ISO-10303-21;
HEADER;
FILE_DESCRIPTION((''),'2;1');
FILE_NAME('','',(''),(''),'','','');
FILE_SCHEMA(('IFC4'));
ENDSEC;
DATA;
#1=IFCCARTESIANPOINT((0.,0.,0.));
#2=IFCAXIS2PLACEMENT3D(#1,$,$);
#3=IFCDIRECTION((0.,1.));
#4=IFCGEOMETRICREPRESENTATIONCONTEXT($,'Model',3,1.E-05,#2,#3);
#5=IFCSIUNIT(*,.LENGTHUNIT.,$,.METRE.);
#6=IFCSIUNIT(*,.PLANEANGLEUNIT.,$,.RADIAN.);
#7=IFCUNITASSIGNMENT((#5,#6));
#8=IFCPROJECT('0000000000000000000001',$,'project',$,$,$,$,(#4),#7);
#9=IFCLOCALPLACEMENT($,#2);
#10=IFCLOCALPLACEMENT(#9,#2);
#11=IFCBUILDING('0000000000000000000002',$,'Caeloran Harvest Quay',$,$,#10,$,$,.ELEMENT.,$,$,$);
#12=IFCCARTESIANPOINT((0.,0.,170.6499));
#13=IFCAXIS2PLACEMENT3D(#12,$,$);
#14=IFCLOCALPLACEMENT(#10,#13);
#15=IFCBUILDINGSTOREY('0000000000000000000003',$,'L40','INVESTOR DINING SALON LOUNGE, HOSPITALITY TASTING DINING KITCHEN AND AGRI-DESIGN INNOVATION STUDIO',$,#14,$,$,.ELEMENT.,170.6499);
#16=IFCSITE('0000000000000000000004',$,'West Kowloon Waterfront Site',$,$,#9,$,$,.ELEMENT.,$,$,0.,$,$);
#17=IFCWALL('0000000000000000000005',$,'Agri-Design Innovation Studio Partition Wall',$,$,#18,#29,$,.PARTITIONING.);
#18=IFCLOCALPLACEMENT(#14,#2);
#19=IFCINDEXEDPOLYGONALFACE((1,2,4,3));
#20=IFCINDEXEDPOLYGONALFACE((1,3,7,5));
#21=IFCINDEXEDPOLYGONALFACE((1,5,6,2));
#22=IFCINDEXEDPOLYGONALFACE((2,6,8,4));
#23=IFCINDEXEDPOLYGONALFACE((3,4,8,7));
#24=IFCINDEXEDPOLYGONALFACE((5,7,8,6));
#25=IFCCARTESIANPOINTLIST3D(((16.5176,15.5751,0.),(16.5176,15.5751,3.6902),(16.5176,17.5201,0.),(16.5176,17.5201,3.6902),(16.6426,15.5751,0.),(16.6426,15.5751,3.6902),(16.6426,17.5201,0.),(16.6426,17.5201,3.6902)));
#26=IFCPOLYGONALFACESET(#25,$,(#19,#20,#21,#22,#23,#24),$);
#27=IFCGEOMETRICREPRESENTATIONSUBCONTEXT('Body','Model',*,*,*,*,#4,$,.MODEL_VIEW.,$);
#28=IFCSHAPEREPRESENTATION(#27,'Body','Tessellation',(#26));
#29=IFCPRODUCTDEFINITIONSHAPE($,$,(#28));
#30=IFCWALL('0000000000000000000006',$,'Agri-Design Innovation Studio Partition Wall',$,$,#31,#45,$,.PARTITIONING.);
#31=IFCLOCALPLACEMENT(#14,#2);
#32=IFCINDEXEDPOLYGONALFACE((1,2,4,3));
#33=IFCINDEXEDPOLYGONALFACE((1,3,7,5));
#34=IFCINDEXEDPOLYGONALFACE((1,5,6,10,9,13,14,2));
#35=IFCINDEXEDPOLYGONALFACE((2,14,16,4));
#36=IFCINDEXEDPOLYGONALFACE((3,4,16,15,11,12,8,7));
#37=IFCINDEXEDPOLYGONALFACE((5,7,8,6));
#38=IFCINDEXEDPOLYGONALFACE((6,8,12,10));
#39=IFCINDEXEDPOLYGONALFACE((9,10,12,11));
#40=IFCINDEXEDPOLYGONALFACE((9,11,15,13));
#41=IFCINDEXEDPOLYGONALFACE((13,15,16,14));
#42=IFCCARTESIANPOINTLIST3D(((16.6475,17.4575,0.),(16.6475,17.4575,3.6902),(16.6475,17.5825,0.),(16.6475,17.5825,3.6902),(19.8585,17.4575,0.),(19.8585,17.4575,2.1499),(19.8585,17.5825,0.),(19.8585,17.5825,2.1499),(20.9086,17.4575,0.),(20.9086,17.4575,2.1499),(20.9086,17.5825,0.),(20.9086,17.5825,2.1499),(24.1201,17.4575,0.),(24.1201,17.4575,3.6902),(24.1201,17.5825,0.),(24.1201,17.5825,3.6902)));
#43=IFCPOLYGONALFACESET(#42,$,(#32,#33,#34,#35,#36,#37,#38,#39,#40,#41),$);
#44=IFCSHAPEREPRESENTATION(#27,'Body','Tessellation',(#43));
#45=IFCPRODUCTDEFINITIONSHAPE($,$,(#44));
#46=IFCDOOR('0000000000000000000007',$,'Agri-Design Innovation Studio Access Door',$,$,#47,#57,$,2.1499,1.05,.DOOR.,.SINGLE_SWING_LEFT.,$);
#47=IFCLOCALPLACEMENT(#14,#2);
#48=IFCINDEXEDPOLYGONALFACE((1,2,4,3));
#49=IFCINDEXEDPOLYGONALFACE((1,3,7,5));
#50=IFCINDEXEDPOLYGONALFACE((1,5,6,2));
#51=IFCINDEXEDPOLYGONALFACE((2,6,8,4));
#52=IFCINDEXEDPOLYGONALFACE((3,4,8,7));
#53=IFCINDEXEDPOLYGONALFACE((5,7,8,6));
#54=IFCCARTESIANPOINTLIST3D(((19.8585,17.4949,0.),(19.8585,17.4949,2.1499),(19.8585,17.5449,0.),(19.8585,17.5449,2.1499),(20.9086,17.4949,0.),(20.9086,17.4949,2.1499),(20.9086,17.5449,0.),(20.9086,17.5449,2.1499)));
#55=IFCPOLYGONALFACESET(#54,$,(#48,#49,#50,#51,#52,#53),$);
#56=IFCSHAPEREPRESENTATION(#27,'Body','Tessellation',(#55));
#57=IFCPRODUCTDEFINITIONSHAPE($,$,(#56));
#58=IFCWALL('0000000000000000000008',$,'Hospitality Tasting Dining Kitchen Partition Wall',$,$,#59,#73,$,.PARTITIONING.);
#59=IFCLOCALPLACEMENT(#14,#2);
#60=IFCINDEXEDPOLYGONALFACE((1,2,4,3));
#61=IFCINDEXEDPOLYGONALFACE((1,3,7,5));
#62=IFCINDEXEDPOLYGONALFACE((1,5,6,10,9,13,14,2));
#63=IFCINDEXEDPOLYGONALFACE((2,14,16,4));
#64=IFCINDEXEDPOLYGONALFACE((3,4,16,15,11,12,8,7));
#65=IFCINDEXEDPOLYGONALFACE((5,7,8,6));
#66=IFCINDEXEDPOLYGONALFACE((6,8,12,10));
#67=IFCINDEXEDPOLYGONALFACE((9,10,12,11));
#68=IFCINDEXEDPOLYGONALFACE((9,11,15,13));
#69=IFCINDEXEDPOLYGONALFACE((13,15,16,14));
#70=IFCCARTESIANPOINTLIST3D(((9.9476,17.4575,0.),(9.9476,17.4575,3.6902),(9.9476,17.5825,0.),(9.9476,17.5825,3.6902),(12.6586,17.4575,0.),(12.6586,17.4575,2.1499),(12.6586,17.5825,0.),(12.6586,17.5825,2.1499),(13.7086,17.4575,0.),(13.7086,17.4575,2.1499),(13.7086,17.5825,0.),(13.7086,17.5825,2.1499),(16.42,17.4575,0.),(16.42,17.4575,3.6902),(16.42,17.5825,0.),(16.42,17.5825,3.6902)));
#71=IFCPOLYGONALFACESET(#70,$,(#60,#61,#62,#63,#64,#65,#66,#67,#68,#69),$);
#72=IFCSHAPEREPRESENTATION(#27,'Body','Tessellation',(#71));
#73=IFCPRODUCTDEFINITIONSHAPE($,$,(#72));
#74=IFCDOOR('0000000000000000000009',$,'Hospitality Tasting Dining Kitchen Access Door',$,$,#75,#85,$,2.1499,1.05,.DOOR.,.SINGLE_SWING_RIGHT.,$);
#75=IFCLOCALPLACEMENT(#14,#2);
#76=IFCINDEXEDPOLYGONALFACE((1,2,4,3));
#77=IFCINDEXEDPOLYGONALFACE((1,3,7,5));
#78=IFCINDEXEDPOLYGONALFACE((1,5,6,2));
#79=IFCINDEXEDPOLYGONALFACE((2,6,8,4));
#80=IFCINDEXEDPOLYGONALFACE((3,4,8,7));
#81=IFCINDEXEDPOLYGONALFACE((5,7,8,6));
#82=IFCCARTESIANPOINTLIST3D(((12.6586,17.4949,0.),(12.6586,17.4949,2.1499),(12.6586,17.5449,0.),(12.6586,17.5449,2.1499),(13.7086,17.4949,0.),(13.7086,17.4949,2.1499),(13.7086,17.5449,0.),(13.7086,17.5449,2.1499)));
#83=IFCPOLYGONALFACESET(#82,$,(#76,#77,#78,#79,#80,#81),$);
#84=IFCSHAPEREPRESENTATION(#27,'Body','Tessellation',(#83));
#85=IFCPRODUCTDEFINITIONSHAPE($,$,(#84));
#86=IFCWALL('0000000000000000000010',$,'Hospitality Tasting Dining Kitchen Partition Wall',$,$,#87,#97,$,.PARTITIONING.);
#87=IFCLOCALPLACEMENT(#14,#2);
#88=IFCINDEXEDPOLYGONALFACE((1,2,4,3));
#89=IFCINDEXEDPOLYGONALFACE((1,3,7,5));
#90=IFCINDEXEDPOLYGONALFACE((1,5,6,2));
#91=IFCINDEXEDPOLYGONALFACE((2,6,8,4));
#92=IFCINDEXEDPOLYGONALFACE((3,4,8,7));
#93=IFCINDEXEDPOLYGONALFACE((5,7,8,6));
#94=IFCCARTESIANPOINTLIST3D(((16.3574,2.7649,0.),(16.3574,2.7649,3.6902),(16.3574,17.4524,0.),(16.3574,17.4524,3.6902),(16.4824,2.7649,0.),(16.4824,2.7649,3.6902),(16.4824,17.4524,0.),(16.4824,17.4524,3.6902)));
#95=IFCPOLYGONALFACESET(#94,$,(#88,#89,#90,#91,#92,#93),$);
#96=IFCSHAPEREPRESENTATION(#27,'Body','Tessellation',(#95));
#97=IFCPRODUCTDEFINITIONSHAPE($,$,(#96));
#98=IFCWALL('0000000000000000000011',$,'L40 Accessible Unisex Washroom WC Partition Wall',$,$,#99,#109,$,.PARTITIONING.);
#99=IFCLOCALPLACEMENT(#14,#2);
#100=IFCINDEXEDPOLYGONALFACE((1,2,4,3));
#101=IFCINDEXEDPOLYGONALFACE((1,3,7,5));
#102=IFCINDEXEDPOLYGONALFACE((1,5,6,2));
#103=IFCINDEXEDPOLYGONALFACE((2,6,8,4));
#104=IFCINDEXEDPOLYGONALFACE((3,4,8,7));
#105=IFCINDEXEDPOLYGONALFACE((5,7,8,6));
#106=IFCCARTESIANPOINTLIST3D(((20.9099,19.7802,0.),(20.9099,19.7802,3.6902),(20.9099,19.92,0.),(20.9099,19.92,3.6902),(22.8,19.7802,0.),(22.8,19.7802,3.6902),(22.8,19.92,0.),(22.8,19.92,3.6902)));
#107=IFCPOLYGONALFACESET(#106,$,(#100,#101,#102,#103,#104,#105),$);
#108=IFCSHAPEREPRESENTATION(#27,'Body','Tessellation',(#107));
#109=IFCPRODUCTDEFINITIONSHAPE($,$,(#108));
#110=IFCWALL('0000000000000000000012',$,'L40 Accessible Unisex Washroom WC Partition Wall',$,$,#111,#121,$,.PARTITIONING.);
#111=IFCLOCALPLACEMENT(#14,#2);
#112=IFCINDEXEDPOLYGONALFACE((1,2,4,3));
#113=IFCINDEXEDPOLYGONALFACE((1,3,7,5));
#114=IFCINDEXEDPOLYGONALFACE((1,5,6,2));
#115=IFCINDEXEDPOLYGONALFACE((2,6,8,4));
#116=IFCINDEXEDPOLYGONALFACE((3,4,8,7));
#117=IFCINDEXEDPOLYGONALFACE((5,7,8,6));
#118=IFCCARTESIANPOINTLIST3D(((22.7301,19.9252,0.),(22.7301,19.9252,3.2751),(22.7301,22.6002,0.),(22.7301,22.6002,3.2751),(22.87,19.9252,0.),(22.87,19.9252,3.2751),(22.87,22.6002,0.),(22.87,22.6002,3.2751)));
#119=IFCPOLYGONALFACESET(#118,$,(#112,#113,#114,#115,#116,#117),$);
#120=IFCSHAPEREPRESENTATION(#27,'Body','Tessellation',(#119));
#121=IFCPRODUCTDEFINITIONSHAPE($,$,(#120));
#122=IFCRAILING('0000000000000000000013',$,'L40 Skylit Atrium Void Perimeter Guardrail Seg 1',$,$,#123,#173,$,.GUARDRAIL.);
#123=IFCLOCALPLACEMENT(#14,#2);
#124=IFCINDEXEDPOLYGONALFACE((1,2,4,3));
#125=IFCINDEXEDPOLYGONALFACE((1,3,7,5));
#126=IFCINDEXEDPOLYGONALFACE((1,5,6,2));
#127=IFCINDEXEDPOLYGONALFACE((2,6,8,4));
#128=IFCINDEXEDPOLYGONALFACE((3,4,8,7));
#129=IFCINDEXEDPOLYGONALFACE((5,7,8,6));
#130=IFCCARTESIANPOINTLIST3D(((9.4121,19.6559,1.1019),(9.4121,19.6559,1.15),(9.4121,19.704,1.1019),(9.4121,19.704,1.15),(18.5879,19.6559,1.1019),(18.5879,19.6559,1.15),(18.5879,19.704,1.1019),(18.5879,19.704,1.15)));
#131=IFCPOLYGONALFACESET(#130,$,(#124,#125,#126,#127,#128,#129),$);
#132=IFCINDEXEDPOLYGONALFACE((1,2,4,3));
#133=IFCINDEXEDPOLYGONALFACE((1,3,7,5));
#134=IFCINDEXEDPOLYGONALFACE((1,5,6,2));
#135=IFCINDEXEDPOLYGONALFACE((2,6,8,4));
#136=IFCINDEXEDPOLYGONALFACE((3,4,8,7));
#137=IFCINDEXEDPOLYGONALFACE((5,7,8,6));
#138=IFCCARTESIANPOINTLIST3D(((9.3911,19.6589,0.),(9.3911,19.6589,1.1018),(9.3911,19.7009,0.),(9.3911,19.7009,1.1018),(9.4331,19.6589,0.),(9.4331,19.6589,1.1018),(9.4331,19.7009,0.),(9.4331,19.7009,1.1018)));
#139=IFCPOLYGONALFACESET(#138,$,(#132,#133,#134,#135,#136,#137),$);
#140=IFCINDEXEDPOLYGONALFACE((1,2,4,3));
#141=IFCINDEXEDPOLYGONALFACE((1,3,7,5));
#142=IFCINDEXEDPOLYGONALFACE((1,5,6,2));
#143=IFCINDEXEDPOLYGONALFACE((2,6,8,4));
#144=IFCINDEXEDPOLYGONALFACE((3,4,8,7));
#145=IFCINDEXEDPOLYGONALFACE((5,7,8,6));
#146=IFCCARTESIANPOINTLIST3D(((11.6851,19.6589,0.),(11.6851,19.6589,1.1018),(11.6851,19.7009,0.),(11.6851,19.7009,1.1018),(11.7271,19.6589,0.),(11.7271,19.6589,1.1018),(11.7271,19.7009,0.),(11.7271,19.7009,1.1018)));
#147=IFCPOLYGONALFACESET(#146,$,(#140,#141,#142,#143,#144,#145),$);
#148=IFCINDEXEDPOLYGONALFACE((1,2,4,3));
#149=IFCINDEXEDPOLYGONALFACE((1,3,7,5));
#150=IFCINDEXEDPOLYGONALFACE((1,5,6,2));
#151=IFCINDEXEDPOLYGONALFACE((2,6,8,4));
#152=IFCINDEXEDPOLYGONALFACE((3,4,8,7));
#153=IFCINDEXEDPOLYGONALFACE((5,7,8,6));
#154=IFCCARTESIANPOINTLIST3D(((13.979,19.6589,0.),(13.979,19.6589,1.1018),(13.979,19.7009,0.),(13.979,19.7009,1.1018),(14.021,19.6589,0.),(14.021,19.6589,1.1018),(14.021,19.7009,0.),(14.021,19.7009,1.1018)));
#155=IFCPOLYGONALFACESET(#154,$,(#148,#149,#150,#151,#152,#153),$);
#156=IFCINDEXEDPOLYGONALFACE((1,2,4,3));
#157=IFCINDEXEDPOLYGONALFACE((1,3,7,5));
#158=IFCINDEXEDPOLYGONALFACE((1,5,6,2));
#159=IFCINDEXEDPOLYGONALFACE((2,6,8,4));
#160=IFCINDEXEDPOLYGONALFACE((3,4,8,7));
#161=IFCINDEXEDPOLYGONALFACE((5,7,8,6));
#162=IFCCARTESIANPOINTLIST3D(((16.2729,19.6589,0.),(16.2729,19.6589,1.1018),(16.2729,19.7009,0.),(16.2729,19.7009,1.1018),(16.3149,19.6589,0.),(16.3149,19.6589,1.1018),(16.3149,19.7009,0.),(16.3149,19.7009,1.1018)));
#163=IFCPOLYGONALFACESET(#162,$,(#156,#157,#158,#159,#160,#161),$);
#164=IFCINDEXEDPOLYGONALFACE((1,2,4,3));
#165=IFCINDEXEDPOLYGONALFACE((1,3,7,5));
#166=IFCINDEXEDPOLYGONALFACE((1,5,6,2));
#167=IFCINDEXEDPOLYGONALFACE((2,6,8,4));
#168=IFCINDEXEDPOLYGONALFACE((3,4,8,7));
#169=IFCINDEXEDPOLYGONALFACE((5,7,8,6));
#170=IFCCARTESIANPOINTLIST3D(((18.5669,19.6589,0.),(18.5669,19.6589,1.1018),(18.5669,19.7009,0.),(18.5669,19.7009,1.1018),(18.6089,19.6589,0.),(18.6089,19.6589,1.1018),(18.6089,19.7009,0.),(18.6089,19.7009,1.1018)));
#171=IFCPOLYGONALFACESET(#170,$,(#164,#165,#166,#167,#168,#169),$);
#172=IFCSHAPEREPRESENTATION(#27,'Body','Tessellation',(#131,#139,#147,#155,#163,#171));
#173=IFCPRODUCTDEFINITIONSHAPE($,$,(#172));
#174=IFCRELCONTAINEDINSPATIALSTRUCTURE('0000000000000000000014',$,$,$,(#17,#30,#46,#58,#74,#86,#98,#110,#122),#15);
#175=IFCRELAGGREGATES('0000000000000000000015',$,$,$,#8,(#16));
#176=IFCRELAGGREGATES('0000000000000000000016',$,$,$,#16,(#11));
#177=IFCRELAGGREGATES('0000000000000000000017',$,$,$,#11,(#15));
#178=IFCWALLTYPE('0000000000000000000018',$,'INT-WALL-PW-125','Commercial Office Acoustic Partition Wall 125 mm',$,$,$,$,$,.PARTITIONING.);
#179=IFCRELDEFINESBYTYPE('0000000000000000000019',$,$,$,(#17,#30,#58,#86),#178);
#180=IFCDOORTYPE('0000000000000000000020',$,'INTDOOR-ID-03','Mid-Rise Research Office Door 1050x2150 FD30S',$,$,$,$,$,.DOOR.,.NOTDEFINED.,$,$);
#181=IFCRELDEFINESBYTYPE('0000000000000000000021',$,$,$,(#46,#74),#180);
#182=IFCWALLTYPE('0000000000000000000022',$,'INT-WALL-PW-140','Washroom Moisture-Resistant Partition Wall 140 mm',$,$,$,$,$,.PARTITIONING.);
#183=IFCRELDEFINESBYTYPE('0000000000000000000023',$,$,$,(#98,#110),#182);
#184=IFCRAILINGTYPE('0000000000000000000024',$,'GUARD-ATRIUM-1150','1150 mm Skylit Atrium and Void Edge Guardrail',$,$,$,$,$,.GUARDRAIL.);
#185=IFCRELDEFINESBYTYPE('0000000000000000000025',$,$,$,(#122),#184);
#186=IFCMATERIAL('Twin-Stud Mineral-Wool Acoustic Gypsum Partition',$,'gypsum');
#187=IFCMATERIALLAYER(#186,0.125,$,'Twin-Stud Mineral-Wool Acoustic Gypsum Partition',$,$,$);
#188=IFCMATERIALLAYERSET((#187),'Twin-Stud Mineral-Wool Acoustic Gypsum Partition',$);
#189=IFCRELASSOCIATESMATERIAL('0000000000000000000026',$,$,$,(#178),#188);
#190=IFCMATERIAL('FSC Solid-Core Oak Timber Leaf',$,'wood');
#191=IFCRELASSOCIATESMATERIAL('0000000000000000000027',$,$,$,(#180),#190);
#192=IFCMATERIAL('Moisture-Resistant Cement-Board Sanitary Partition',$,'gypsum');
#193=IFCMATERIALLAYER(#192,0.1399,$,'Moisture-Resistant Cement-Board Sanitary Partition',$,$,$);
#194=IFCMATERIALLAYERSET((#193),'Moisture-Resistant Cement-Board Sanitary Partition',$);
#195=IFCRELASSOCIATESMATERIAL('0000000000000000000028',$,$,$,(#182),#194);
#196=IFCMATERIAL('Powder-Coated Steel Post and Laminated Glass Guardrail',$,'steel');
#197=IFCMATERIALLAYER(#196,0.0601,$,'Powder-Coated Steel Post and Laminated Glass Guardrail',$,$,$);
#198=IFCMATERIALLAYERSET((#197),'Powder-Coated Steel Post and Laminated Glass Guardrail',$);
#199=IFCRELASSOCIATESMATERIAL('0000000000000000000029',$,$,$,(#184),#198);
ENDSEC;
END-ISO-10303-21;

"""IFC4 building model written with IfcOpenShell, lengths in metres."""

from ifc_helpers import new_model, si_unit, direction, frame, frame_2d, origin, origin_2d, place, context, subcontext, project, spatial, rectangle, extrude, material, layer, layer_set, type_object, element, fill, save


model = new_model("IFC4")

# Units and contexts
model_context = context("Model", 3, precision=1e-05, world=origin(), true_north=direction((0.0, 1.0)))
body_context = subcontext(model_context, "Body", "Model", "MODEL_VIEW")
ifc_project = project(units=[si_unit("LENGTHUNIT", "METRE"), si_unit("PLANEANGLEUNIT", "RADIAN")], contexts=[model_context])

# Site, building, storey
site_placement = place(None, origin())
site = spatial("IfcSite", under=ifc_project, at=site_placement, Name="West Kowloon Waterfront Site", CompositionType="ELEMENT", RefElevation=0.0)
building_placement = place(site_placement, origin())
building = spatial("IfcBuilding", under=site, at=building_placement, Name="Caeloran Harvest Quay", CompositionType="ELEMENT")
storey_placement = place(building_placement, frame((0.0, 0.0, 170.6499)))
storey = spatial("IfcBuildingStorey", under=building, at=storey_placement, Name="L40", Description="INVESTOR DINING SALON LOUNGE, HOSPITALITY TASTING DINING KITCHEN AND AGRI-DESIGN INNOVATION STUDIO", CompositionType="ELEMENT", Elevation=170.6499)

# Wall
ifc_material_1 = material(Name="Twin-Stud Mineral-Wool Acoustic Gypsum Partition", Category="gypsum")
ifc_layer_1 = layer(ifc_material_1, 0.125, Name="Twin-Stud Mineral-Wool Acoustic Gypsum Partition")
ifc_layer_set_1 = layer_set([ifc_layer_1], Name="Twin-Stud Mineral-Wool Acoustic Gypsum Partition")
wall_type_1 = type_object("IfcWallType", Name="INT-WALL-PW-125", Description="Commercial Office Acoustic Partition Wall 125 mm", PredefinedType="PARTITIONING", material=ifc_layer_set_1)
wall_1_placement = place(storey_placement, frame((16.5801, 15.575, 0.0), z_axis=(0.0, 0.0, 1.0), x_axis=(0.0, 1.0, 0.0)))
element("IfcWall", 1, at=wall_1_placement, inside=storey, type_object=wall_type_1, Name="Agri-Design Innovation Studio Partition Wall", PredefinedType="PARTITIONING", context=body_context, shape_type="SweptSolid", body=[
    extrude(rectangle(XDim=1.9451, YDim=0.125, at=frame_2d((0.9727, 0.0))), origin(), (0.0, 0.0, 1.0), 3.6902),
])

# Walls, openings, doors
wall_2_placement = place(storey_placement, frame((16.6475, 17.52, 0.0), z_axis=(0.0, 0.0, 1.0), x_axis=(1.0, 0.0, 0.0)))
wall_2 = element("IfcWall", 2, at=wall_2_placement, inside=storey, type_object=wall_type_1, Name="Agri-Design Innovation Studio Partition Wall", PredefinedType="PARTITIONING", context=body_context, shape_type="SweptSolid", body=[
    extrude(rectangle(XDim=7.4727, YDim=0.125, at=frame_2d((3.7363, 0.0))), origin(), (0.0, 0.0, 1.0), 3.6902),
])
opening_1_placement = place(wall_2_placement, frame((3.2112, 0.0, 0.0)))
opening_1 = element("IfcOpeningElement", 3, at=opening_1_placement, cuts=wall_2, PredefinedType="OPENING", context=body_context, shape_type="SweptSolid", body=[
    extrude(rectangle(XDim=1.05, YDim=2.1499, at=frame_2d((0.5249, 1.075))), frame((0.0, 0.0725, 0.0), z_axis=(0.0, -1.0, 0.0), x_axis=(1.0, 0.0, 0.0)), (0.0, 0.0, 1.0), 0.145),
])
ifc_material_2 = material(Name="FSC Solid-Core Oak Timber Leaf", Category="wood")
door_type_1 = type_object("IfcDoorType", Name="INTDOOR-ID-03", Description="Mid-Rise Research Office Door 1050x2150 FD30S", OperationType="NOTDEFINED", PredefinedType="DOOR", material=ifc_material_2)
door_1_placement = place(opening_1_placement, origin())
door_1 = element("IfcDoor", 4, at=door_1_placement, inside=storey, type_object=door_type_1, Name="Agri-Design Innovation Studio Access Door", OperationType="SINGLE_SWING_LEFT", OverallHeight=2.1499, OverallWidth=1.05, PredefinedType="DOOR", context=body_context, shape_type="SweptSolid", body=[
    extrude(rectangle(XDim=1.05, YDim=2.1499, at=frame_2d((0.5249, 1.075))), frame((0.0, 0.0249, 0.0), z_axis=(0.0, -1.0, 0.0), x_axis=(1.0, 0.0, 0.0)), (0.0, 0.0, 1.0), 0.05),
])
fill(opening_1, door_1)
wall_3_placement = place(storey_placement, frame((9.9475, 17.52, 0.0), z_axis=(0.0, 0.0, 1.0), x_axis=(1.0, 0.0, 0.0)))
wall_3 = element("IfcWall", 5, at=wall_3_placement, inside=storey, type_object=wall_type_1, Name="Hospitality Tasting Dining Kitchen Partition Wall", PredefinedType="PARTITIONING", context=body_context, shape_type="SweptSolid", body=[
    extrude(rectangle(XDim=6.4724, YDim=0.125, at=frame_2d((3.2363, 0.0))), origin(), (0.0, 0.0, 1.0), 3.6902),
])
opening_2_placement = place(wall_3_placement, frame((2.7112, 0.0, 0.0)))
opening_2 = element("IfcOpeningElement", 6, at=opening_2_placement, cuts=wall_3, PredefinedType="OPENING", context=body_context, shape_type="SweptSolid", body=[
    extrude(rectangle(XDim=1.05, YDim=2.1499, at=frame_2d((0.5249, 1.075))), frame((0.0, 0.0725, 0.0), z_axis=(0.0, -1.0, 0.0), x_axis=(1.0, 0.0, 0.0)), (0.0, 0.0, 1.0), 0.145),
])
door_2_placement = place(opening_2_placement, origin())
door_2 = element("IfcDoor", 7, at=door_2_placement, inside=storey, type_object=door_type_1, Name="Hospitality Tasting Dining Kitchen Access Door", OperationType="SINGLE_SWING_RIGHT", OverallHeight=2.1499, OverallWidth=1.05, PredefinedType="DOOR", context=body_context, shape_type="SweptSolid", body=[
    extrude(rectangle(XDim=1.05, YDim=2.1499, at=frame_2d((0.5249, 1.075))), frame((0.0, 0.0249, 0.0), z_axis=(0.0, -1.0, 0.0), x_axis=(1.0, 0.0, 0.0)), (0.0, 0.0, 1.0), 0.05),
])
fill(opening_2, door_2)

# Wall
wall_4_placement = place(storey_placement, frame((16.4199, 17.4524, 0.0), z_axis=(0.0, 0.0, 1.0), x_axis=(0.0, -1.0, 0.0)))
element("IfcWall", 8, at=wall_4_placement, inside=storey, type_object=wall_type_1, Name="Hospitality Tasting Dining Kitchen Partition Wall", PredefinedType="PARTITIONING", context=body_context, shape_type="SweptSolid", body=[
    extrude(rectangle(XDim=14.6875, YDim=0.125, at=frame_2d((7.3438, 0.0))), origin(), (0.0, 0.0, 1.0), 3.6902),
])

# Wall
ifc_material_3 = material(Name="Moisture-Resistant Cement-Board Sanitary Partition", Category="gypsum")
ifc_layer_2 = layer(ifc_material_3, 0.1399, Name="Moisture-Resistant Cement-Board Sanitary Partition")
ifc_layer_set_2 = layer_set([ifc_layer_2], Name="Moisture-Resistant Cement-Board Sanitary Partition")
wall_type_2 = type_object("IfcWallType", Name="INT-WALL-PW-140", Description="Washroom Moisture-Resistant Partition Wall 140 mm", PredefinedType="PARTITIONING", material=ifc_layer_set_2)
wall_5_placement = place(storey_placement, frame((22.8, 19.8501, 0.0), z_axis=(0.0, 0.0, 1.0), x_axis=(-1.0, 0.0, 0.0)))
element("IfcWall", 9, at=wall_5_placement, inside=storey, type_object=wall_type_2, Name="L40 Accessible Unisex Washroom WC Partition Wall", PredefinedType="PARTITIONING", context=body_context, shape_type="SweptSolid", body=[
    extrude(rectangle(XDim=1.8901, YDim=0.1399, at=frame_2d((0.9451, 0.0))), origin(), (0.0, 0.0, 1.0), 3.6902),
])

# Wall
wall_6_placement = place(storey_placement, frame((22.8, 22.6001, 0.0), z_axis=(0.0, 0.0, 1.0), x_axis=(0.0, -1.0, 0.0)))
element("IfcWall", 10, at=wall_6_placement, inside=storey, type_object=wall_type_2, Name="L40 Accessible Unisex Washroom WC Partition Wall", PredefinedType="PARTITIONING", context=body_context, shape_type="SweptSolid", body=[
    extrude(rectangle(XDim=2.675, YDim=0.1399, at=frame_2d((1.3374, 0.0))), origin(), (0.0, 0.0, 1.0), 3.2751),
])

# Railing
ifc_material_4 = material(Name="Powder-Coated Steel Post and Laminated Glass Guardrail", Category="steel")
ifc_layer_3 = layer(ifc_material_4, 0.0601, Name="Powder-Coated Steel Post and Laminated Glass Guardrail")
ifc_layer_set_3 = layer_set([ifc_layer_3], Name="Powder-Coated Steel Post and Laminated Glass Guardrail")
railing_type = type_object("IfcRailingType", Name="GUARD-ATRIUM-1150", Description="1150 mm Skylit Atrium and Void Edge Guardrail", PredefinedType="GUARDRAIL", material=ifc_layer_set_3)
railing_1_placement = place(storey_placement, frame((9.4121, 19.6799, 0.0)))
element("IfcRailing", 11, at=railing_1_placement, inside=storey, type_object=railing_type, Name="L40 Skylit Atrium Void Perimeter Guardrail Seg 1", PredefinedType="GUARDRAIL", context=body_context, shape_type="SweptSolid", body=[
    extrude(rectangle(XDim=0.0481, YDim=0.0481, at=origin_2d()), frame((0.0, 0.0, 1.126), z_axis=(1.0, 0.0, 0.0), x_axis=(0.0, 1.0, 0.0)), (0.0, 0.0, 1.0), 9.1758),
    extrude(rectangle(XDim=0.042, YDim=0.042, at=origin_2d()), origin(), (0.0, 0.0, 1.0), 1.1018),
    extrude(rectangle(XDim=0.042, YDim=0.042, at=origin_2d()), frame((2.2939, 0.0, 0.0)), (0.0, 0.0, 1.0), 1.1018),
    extrude(rectangle(XDim=0.042, YDim=0.042, at=origin_2d()), frame((4.5879, 0.0, 0.0)), (0.0, 0.0, 1.0), 1.1018),
    extrude(rectangle(XDim=0.042, YDim=0.042, at=origin_2d()), frame((6.8818, 0.0, 0.0)), (0.0, 0.0, 1.0), 1.1018),
    extrude(rectangle(XDim=0.042, YDim=0.042, at=origin_2d()), frame((9.1758, 0.0, 0.0)), (0.0, 0.0, 1.0), 1.1018),
])

save(model, "model.ifc")
